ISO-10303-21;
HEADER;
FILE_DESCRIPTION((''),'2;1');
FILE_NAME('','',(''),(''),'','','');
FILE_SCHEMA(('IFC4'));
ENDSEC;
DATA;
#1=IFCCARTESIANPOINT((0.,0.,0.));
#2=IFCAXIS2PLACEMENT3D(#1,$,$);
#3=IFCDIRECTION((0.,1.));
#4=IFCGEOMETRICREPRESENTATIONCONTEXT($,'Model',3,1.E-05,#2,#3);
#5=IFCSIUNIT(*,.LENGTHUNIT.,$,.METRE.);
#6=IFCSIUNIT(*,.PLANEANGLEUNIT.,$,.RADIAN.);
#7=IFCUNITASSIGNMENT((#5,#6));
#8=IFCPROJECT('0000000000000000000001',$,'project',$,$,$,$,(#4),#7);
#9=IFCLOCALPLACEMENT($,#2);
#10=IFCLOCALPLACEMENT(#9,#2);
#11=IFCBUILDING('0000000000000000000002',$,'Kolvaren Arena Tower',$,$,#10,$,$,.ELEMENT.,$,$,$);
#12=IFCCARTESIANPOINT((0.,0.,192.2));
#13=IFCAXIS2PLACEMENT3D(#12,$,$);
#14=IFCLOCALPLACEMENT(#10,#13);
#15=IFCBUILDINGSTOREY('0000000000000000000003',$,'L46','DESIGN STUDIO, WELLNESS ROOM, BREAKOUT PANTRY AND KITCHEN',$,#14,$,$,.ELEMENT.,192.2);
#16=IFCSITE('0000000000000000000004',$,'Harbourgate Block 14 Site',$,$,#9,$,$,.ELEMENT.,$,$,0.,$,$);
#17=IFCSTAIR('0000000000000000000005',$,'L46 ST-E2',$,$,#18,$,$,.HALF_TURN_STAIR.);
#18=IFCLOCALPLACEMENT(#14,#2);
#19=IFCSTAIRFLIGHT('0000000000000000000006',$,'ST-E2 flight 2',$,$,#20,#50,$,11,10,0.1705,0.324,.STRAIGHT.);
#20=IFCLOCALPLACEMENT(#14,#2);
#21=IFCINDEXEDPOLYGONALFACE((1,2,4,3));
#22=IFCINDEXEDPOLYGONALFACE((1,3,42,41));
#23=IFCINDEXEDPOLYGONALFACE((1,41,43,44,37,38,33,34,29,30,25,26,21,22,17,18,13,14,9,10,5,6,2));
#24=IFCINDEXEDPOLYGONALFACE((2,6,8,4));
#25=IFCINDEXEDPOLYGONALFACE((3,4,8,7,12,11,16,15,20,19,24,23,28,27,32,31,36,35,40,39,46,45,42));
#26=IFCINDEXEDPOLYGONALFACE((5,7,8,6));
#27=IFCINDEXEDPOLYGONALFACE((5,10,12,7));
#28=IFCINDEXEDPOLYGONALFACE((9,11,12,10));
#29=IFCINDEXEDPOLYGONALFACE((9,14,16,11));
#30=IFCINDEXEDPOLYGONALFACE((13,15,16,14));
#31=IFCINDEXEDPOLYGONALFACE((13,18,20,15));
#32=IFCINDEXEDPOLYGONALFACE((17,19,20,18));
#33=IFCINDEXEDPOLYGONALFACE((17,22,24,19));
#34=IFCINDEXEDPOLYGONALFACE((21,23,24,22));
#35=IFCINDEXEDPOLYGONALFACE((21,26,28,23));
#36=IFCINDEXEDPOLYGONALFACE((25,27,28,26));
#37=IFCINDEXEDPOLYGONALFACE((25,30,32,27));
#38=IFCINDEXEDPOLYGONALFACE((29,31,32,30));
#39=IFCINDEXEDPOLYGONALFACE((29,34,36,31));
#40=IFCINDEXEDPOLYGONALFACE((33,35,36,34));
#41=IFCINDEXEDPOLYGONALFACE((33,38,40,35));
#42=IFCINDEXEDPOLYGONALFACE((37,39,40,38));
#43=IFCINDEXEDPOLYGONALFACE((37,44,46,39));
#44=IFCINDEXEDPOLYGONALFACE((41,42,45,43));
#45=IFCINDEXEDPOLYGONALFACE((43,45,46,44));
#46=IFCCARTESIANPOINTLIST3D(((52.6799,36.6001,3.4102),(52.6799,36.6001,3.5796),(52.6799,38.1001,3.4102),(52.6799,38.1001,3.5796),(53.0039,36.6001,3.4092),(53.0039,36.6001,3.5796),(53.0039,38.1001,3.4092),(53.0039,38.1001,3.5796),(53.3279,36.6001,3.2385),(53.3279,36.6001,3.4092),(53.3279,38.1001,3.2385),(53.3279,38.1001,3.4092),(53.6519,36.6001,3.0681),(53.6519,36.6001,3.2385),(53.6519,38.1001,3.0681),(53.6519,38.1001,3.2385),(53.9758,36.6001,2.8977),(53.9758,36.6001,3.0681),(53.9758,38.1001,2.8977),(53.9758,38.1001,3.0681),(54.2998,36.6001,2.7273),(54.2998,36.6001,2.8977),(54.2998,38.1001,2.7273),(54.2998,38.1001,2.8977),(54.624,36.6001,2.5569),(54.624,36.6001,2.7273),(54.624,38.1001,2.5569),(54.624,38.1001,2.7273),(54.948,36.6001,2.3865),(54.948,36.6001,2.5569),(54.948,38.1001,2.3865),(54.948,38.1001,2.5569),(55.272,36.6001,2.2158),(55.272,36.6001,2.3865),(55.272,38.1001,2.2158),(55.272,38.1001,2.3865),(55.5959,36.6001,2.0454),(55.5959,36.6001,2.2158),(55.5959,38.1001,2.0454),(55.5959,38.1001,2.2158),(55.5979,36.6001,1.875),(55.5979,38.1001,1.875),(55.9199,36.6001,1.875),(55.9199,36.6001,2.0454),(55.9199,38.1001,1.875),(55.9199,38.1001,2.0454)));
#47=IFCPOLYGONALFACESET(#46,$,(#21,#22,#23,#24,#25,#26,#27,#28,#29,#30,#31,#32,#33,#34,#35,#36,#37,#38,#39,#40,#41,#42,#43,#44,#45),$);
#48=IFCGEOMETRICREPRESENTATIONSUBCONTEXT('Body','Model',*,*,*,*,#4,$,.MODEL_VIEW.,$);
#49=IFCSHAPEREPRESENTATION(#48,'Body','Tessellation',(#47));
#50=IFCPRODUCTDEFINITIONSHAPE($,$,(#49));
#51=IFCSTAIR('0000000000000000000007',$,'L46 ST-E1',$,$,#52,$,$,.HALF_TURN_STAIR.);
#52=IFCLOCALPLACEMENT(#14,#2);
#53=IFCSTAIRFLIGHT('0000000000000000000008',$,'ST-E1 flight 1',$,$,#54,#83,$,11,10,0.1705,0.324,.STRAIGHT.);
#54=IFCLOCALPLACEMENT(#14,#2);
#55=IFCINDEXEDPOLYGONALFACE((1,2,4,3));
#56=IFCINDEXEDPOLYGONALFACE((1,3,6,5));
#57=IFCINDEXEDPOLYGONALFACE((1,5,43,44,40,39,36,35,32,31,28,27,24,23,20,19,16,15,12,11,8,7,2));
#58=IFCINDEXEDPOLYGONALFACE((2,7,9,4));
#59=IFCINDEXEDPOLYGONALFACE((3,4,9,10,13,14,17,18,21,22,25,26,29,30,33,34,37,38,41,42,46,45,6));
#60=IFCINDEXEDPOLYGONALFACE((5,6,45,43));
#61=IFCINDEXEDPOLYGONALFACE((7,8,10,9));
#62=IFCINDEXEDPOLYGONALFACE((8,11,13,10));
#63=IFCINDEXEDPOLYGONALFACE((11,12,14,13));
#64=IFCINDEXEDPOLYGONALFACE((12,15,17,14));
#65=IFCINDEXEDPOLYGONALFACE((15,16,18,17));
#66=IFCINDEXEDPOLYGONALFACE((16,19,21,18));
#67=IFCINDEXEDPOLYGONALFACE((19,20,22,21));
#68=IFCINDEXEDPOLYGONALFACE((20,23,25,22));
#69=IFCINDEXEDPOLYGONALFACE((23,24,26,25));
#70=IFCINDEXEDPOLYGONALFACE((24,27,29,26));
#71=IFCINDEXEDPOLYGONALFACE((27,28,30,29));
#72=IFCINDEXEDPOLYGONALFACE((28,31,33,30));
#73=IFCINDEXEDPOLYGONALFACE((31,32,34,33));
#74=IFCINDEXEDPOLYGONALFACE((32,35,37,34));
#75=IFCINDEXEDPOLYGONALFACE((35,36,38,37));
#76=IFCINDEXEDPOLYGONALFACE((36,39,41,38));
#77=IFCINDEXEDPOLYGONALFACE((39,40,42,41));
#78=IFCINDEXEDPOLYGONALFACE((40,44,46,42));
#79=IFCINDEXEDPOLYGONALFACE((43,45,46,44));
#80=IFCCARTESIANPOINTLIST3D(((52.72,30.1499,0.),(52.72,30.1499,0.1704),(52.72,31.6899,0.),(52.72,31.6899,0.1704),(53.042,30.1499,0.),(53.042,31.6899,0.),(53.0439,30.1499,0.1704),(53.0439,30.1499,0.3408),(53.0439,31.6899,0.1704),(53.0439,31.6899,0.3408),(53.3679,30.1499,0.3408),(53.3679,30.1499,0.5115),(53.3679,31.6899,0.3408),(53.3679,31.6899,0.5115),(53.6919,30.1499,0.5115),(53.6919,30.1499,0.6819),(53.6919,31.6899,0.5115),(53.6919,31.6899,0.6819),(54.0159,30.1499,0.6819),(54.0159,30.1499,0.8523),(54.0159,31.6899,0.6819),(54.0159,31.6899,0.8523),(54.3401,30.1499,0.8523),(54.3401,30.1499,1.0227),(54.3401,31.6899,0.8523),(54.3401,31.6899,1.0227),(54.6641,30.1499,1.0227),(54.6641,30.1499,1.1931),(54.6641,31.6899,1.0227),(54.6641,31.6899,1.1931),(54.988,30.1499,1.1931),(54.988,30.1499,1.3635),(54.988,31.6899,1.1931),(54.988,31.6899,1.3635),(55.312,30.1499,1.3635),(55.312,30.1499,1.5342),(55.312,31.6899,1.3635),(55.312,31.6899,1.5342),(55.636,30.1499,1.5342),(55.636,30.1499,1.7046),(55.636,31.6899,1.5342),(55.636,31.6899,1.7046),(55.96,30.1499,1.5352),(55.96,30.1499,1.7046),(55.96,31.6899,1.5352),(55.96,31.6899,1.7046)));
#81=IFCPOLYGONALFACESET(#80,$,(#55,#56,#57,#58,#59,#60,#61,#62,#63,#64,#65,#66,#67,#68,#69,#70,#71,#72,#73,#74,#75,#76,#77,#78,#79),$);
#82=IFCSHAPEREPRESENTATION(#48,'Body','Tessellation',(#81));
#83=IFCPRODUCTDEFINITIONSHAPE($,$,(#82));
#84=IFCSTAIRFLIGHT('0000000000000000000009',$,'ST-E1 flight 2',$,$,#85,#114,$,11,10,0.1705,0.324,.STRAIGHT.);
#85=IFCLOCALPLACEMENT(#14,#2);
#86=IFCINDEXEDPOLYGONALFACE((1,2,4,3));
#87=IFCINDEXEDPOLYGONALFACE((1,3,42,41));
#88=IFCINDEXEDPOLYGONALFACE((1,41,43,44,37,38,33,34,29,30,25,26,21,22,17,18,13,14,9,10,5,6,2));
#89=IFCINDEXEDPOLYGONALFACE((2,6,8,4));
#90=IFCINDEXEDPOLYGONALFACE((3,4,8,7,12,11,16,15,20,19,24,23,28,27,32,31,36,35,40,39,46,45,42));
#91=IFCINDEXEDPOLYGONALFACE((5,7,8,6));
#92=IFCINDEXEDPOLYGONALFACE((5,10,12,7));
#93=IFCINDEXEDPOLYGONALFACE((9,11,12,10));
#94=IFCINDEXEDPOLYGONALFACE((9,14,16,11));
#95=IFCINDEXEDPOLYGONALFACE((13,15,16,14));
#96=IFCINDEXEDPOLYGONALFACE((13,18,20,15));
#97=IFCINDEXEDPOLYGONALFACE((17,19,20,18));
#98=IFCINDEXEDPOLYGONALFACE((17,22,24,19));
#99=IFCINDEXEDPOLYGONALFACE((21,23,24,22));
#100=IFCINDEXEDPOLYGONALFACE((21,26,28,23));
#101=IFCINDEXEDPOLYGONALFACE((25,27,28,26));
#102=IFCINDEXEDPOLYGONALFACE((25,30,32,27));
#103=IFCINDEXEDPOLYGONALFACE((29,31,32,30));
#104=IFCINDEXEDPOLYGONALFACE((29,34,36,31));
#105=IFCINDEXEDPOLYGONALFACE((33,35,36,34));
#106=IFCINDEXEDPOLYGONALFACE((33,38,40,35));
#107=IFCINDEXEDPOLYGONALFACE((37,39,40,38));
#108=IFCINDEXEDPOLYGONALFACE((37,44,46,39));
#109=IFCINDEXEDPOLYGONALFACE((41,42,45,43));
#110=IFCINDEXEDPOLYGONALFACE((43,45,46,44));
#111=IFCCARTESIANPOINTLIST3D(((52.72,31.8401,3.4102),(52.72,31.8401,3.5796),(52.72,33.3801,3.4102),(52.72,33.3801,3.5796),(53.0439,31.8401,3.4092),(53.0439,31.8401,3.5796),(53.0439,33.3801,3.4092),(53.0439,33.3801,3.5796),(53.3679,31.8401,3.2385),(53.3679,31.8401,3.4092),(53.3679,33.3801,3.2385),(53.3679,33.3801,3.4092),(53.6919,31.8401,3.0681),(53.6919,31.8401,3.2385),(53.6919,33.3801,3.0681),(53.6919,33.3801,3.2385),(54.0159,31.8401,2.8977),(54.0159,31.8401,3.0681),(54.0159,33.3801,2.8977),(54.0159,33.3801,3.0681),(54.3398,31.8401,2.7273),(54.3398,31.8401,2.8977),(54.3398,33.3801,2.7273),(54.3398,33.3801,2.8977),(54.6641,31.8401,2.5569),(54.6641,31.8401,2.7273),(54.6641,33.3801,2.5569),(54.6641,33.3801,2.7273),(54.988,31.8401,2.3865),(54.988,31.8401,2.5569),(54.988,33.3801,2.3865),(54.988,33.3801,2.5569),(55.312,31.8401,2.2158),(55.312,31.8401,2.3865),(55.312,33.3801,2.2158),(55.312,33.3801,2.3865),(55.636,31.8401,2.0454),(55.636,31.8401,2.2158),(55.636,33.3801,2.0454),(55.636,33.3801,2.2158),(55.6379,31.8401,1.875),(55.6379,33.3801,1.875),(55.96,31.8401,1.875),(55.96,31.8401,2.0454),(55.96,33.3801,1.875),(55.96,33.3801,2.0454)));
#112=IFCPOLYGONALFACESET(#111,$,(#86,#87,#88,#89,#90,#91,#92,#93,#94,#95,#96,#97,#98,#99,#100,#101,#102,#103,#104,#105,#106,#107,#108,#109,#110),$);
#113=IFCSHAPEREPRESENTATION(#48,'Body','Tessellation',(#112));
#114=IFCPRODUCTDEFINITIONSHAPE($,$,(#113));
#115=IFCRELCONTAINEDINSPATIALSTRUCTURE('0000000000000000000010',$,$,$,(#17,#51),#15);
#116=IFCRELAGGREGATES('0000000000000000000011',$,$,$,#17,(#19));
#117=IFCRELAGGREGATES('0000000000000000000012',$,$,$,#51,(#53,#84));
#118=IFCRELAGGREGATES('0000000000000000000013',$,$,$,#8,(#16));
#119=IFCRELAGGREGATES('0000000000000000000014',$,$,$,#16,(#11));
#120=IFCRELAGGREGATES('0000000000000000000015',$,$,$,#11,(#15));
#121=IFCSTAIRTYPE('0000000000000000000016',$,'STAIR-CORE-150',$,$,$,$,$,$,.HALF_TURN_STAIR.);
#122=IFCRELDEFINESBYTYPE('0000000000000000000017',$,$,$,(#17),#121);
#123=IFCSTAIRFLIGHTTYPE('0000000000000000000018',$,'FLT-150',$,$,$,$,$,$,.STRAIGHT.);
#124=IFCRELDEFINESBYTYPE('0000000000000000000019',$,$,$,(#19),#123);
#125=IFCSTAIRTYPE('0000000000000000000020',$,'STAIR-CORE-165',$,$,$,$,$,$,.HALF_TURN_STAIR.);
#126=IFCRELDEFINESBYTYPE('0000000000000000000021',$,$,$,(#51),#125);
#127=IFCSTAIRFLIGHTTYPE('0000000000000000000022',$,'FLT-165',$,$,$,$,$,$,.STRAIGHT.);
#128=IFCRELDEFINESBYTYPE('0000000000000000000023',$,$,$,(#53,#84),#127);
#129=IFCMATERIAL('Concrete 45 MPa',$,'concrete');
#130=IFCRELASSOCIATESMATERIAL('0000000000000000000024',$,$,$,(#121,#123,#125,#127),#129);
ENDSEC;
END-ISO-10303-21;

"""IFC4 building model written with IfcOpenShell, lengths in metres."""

from ifc_helpers import new_model, si_unit, direction, frame, origin, place, context, subcontext, project, spatial, polyline, outline, extrude, material, type_object, element, aggregate, save


model = new_model("IFC4")

# Units and contexts
model_context = context("Model", 3, precision=1e-05, world=origin(), true_north=direction((0.0, 1.0)))
body_context = subcontext(model_context, "Body", "Model", "MODEL_VIEW")
ifc_project = project(units=[si_unit("LENGTHUNIT", "METRE"), si_unit("PLANEANGLEUNIT", "RADIAN")], contexts=[model_context])

# Site, building, storey
site_placement = place(None, origin())
site = spatial("IfcSite", under=ifc_project, at=site_placement, Name="Harbourgate Block 14 Site", CompositionType="ELEMENT", RefElevation=0.0)
building_placement = place(site_placement, origin())
building = spatial("IfcBuilding", under=site, at=building_placement, Name="Kolvaren Arena Tower", CompositionType="ELEMENT")
storey_placement = place(building_placement, frame((0.0, 0.0, 192.2)))
storey = spatial("IfcBuildingStorey", under=building, at=storey_placement, Name="L46", Description="DESIGN STUDIO, WELLNESS ROOM, BREAKOUT PANTRY AND KITCHEN", CompositionType="ELEMENT", Elevation=192.2)

# Shared definitions
ifc_material_1 = material(Name="Concrete 45 MPa", Category="concrete")

# Stair, stair flight
stair_type_1 = type_object("IfcStairType", Name="STAIR-CORE-150", PredefinedType="HALF_TURN_STAIR", material=ifc_material_1)
stair_1_placement = place(storey_placement, origin())
stair_1 = element("IfcStair", 1, at=stair_1_placement, inside=storey, type_object=stair_type_1, Name="L46 ST-E2", PredefinedType="HALF_TURN_STAIR")
stair_flight_type_1 = type_object("IfcStairFlightType", Name="FLT-150", PredefinedType="STRAIGHT", material=ifc_material_1)
stair_flight_1_placement = place(storey_placement, frame((55.9199, 37.3501, 1.875), z_axis=(0.0, 0.0, 1.0), x_axis=(-1.0, 0.0, 0.0)))
stair_flight_1 = element("IfcStairFlight", 2, at=stair_flight_1_placement, type_object=stair_flight_type_1, Name="ST-E2 flight 2", NumberOfRisers=11, NumberOfTreads=10, PredefinedType="STRAIGHT", RiserHeight=0.1705, TreadLength=0.324, context=body_context, shape_type="SweptSolid", body=[
    extrude(outline(polyline([(0.0, 0.0), (0.0, 0.1704), (0.324, 0.1704), (0.324, 0.3408), (0.6479, 0.3408), (0.6479, 0.5115), (0.9719, 0.5115), (0.9719, 0.6819), (1.2959, 0.6819), (1.2959, 0.8523), (1.6201, 0.8523), (1.6201, 1.0227), (1.9441, 1.0227), (1.9441, 1.1931), (2.2681, 1.1931), (2.2681, 1.3635), (2.592, 1.3635), (2.592, 1.5342), (2.916, 1.5342), (2.916, 1.7046), (3.24, 1.7046), (3.24, 1.875), (3.24, 1.5352), (0.322, 0.0), (0.0, 0.0)])), frame((0.0, 0.75, 0.0), z_axis=(0.0, -1.0, 0.0), x_axis=(1.0, 0.0, 0.0)), (0.0, 0.0, 1.0), 1.5),
])
aggregate(stair_1, [stair_flight_1])

# Stair, stair flights
stair_type_2 = type_object("IfcStairType", Name="STAIR-CORE-165", PredefinedType="HALF_TURN_STAIR", material=ifc_material_1)
stair_2_placement = place(storey_placement, origin())
stair_2 = element("IfcStair", 3, at=stair_2_placement, inside=storey, type_object=stair_type_2, Name="L46 ST-E1", PredefinedType="HALF_TURN_STAIR")
stair_flight_type_2 = type_object("IfcStairFlightType", Name="FLT-165", PredefinedType="STRAIGHT", material=ifc_material_1)
stair_flight_2_placement = place(storey_placement, frame((52.72, 30.9199, 0.0), z_axis=(0.0, 0.0, 1.0), x_axis=(1.0, 0.0, 0.0)))
stair_flight_2 = element("IfcStairFlight", 4, at=stair_flight_2_placement, type_object=stair_flight_type_2, Name="ST-E1 flight 1", NumberOfRisers=11, NumberOfTreads=10, PredefinedType="STRAIGHT", RiserHeight=0.1705, TreadLength=0.324, context=body_context, shape_type="SweptSolid", body=[
    extrude(outline(polyline([(0.0, 0.0), (0.0, 0.1704), (0.324, 0.1704), (0.324, 0.3408), (0.6479, 0.3408), (0.6479, 0.5115), (0.9719, 0.5115), (0.9719, 0.6819), (1.2959, 0.6819), (1.2959, 0.8523), (1.6201, 0.8523), (1.6201, 1.0227), (1.9441, 1.0227), (1.9441, 1.1931), (2.2681, 1.1931), (2.2681, 1.3635), (2.592, 1.3635), (2.592, 1.5342), (2.916, 1.5342), (2.916, 1.7046), (3.24, 1.7046), (3.24, 1.875), (3.24, 1.5352), (0.322, 0.0), (0.0, 0.0)])), frame((0.0, 0.77, 0.0), z_axis=(0.0, -1.0, 0.0), x_axis=(1.0, 0.0, 0.0)), (0.0, 0.0, 1.0), 1.54),
])
stair_flight_3_placement = place(storey_placement, frame((55.96, 32.6101, 1.875), z_axis=(0.0, 0.0, 1.0), x_axis=(-1.0, 0.0, 0.0)))
stair_flight_3 = element("IfcStairFlight", 5, at=stair_flight_3_placement, type_object=stair_flight_type_2, Name="ST-E1 flight 2", NumberOfRisers=11, NumberOfTreads=10, PredefinedType="STRAIGHT", RiserHeight=0.1705, TreadLength=0.324, context=body_context, shape_type="SweptSolid", body=[
    extrude(outline(polyline([(0.0, 0.0), (0.0, 0.1704), (0.324, 0.1704), (0.324, 0.3408), (0.6479, 0.3408), (0.6479, 0.5115), (0.9719, 0.5115), (0.9719, 0.6819), (1.2959, 0.6819), (1.2959, 0.8523), (1.6201, 0.8523), (1.6201, 1.0227), (1.9441, 1.0227), (1.9441, 1.1931), (2.2681, 1.1931), (2.2681, 1.3635), (2.592, 1.3635), (2.592, 1.5342), (2.916, 1.5342), (2.916, 1.7046), (3.24, 1.7046), (3.24, 1.875), (3.24, 1.5352), (0.322, 0.0), (0.0, 0.0)])), frame((0.0, 0.77, 0.0), z_axis=(0.0, -1.0, 0.0), x_axis=(1.0, 0.0, 0.0)), (0.0, 0.0, 1.0), 1.54),
])
aggregate(stair_2, [stair_flight_2, stair_flight_3])

save(model, "model.ifc")
